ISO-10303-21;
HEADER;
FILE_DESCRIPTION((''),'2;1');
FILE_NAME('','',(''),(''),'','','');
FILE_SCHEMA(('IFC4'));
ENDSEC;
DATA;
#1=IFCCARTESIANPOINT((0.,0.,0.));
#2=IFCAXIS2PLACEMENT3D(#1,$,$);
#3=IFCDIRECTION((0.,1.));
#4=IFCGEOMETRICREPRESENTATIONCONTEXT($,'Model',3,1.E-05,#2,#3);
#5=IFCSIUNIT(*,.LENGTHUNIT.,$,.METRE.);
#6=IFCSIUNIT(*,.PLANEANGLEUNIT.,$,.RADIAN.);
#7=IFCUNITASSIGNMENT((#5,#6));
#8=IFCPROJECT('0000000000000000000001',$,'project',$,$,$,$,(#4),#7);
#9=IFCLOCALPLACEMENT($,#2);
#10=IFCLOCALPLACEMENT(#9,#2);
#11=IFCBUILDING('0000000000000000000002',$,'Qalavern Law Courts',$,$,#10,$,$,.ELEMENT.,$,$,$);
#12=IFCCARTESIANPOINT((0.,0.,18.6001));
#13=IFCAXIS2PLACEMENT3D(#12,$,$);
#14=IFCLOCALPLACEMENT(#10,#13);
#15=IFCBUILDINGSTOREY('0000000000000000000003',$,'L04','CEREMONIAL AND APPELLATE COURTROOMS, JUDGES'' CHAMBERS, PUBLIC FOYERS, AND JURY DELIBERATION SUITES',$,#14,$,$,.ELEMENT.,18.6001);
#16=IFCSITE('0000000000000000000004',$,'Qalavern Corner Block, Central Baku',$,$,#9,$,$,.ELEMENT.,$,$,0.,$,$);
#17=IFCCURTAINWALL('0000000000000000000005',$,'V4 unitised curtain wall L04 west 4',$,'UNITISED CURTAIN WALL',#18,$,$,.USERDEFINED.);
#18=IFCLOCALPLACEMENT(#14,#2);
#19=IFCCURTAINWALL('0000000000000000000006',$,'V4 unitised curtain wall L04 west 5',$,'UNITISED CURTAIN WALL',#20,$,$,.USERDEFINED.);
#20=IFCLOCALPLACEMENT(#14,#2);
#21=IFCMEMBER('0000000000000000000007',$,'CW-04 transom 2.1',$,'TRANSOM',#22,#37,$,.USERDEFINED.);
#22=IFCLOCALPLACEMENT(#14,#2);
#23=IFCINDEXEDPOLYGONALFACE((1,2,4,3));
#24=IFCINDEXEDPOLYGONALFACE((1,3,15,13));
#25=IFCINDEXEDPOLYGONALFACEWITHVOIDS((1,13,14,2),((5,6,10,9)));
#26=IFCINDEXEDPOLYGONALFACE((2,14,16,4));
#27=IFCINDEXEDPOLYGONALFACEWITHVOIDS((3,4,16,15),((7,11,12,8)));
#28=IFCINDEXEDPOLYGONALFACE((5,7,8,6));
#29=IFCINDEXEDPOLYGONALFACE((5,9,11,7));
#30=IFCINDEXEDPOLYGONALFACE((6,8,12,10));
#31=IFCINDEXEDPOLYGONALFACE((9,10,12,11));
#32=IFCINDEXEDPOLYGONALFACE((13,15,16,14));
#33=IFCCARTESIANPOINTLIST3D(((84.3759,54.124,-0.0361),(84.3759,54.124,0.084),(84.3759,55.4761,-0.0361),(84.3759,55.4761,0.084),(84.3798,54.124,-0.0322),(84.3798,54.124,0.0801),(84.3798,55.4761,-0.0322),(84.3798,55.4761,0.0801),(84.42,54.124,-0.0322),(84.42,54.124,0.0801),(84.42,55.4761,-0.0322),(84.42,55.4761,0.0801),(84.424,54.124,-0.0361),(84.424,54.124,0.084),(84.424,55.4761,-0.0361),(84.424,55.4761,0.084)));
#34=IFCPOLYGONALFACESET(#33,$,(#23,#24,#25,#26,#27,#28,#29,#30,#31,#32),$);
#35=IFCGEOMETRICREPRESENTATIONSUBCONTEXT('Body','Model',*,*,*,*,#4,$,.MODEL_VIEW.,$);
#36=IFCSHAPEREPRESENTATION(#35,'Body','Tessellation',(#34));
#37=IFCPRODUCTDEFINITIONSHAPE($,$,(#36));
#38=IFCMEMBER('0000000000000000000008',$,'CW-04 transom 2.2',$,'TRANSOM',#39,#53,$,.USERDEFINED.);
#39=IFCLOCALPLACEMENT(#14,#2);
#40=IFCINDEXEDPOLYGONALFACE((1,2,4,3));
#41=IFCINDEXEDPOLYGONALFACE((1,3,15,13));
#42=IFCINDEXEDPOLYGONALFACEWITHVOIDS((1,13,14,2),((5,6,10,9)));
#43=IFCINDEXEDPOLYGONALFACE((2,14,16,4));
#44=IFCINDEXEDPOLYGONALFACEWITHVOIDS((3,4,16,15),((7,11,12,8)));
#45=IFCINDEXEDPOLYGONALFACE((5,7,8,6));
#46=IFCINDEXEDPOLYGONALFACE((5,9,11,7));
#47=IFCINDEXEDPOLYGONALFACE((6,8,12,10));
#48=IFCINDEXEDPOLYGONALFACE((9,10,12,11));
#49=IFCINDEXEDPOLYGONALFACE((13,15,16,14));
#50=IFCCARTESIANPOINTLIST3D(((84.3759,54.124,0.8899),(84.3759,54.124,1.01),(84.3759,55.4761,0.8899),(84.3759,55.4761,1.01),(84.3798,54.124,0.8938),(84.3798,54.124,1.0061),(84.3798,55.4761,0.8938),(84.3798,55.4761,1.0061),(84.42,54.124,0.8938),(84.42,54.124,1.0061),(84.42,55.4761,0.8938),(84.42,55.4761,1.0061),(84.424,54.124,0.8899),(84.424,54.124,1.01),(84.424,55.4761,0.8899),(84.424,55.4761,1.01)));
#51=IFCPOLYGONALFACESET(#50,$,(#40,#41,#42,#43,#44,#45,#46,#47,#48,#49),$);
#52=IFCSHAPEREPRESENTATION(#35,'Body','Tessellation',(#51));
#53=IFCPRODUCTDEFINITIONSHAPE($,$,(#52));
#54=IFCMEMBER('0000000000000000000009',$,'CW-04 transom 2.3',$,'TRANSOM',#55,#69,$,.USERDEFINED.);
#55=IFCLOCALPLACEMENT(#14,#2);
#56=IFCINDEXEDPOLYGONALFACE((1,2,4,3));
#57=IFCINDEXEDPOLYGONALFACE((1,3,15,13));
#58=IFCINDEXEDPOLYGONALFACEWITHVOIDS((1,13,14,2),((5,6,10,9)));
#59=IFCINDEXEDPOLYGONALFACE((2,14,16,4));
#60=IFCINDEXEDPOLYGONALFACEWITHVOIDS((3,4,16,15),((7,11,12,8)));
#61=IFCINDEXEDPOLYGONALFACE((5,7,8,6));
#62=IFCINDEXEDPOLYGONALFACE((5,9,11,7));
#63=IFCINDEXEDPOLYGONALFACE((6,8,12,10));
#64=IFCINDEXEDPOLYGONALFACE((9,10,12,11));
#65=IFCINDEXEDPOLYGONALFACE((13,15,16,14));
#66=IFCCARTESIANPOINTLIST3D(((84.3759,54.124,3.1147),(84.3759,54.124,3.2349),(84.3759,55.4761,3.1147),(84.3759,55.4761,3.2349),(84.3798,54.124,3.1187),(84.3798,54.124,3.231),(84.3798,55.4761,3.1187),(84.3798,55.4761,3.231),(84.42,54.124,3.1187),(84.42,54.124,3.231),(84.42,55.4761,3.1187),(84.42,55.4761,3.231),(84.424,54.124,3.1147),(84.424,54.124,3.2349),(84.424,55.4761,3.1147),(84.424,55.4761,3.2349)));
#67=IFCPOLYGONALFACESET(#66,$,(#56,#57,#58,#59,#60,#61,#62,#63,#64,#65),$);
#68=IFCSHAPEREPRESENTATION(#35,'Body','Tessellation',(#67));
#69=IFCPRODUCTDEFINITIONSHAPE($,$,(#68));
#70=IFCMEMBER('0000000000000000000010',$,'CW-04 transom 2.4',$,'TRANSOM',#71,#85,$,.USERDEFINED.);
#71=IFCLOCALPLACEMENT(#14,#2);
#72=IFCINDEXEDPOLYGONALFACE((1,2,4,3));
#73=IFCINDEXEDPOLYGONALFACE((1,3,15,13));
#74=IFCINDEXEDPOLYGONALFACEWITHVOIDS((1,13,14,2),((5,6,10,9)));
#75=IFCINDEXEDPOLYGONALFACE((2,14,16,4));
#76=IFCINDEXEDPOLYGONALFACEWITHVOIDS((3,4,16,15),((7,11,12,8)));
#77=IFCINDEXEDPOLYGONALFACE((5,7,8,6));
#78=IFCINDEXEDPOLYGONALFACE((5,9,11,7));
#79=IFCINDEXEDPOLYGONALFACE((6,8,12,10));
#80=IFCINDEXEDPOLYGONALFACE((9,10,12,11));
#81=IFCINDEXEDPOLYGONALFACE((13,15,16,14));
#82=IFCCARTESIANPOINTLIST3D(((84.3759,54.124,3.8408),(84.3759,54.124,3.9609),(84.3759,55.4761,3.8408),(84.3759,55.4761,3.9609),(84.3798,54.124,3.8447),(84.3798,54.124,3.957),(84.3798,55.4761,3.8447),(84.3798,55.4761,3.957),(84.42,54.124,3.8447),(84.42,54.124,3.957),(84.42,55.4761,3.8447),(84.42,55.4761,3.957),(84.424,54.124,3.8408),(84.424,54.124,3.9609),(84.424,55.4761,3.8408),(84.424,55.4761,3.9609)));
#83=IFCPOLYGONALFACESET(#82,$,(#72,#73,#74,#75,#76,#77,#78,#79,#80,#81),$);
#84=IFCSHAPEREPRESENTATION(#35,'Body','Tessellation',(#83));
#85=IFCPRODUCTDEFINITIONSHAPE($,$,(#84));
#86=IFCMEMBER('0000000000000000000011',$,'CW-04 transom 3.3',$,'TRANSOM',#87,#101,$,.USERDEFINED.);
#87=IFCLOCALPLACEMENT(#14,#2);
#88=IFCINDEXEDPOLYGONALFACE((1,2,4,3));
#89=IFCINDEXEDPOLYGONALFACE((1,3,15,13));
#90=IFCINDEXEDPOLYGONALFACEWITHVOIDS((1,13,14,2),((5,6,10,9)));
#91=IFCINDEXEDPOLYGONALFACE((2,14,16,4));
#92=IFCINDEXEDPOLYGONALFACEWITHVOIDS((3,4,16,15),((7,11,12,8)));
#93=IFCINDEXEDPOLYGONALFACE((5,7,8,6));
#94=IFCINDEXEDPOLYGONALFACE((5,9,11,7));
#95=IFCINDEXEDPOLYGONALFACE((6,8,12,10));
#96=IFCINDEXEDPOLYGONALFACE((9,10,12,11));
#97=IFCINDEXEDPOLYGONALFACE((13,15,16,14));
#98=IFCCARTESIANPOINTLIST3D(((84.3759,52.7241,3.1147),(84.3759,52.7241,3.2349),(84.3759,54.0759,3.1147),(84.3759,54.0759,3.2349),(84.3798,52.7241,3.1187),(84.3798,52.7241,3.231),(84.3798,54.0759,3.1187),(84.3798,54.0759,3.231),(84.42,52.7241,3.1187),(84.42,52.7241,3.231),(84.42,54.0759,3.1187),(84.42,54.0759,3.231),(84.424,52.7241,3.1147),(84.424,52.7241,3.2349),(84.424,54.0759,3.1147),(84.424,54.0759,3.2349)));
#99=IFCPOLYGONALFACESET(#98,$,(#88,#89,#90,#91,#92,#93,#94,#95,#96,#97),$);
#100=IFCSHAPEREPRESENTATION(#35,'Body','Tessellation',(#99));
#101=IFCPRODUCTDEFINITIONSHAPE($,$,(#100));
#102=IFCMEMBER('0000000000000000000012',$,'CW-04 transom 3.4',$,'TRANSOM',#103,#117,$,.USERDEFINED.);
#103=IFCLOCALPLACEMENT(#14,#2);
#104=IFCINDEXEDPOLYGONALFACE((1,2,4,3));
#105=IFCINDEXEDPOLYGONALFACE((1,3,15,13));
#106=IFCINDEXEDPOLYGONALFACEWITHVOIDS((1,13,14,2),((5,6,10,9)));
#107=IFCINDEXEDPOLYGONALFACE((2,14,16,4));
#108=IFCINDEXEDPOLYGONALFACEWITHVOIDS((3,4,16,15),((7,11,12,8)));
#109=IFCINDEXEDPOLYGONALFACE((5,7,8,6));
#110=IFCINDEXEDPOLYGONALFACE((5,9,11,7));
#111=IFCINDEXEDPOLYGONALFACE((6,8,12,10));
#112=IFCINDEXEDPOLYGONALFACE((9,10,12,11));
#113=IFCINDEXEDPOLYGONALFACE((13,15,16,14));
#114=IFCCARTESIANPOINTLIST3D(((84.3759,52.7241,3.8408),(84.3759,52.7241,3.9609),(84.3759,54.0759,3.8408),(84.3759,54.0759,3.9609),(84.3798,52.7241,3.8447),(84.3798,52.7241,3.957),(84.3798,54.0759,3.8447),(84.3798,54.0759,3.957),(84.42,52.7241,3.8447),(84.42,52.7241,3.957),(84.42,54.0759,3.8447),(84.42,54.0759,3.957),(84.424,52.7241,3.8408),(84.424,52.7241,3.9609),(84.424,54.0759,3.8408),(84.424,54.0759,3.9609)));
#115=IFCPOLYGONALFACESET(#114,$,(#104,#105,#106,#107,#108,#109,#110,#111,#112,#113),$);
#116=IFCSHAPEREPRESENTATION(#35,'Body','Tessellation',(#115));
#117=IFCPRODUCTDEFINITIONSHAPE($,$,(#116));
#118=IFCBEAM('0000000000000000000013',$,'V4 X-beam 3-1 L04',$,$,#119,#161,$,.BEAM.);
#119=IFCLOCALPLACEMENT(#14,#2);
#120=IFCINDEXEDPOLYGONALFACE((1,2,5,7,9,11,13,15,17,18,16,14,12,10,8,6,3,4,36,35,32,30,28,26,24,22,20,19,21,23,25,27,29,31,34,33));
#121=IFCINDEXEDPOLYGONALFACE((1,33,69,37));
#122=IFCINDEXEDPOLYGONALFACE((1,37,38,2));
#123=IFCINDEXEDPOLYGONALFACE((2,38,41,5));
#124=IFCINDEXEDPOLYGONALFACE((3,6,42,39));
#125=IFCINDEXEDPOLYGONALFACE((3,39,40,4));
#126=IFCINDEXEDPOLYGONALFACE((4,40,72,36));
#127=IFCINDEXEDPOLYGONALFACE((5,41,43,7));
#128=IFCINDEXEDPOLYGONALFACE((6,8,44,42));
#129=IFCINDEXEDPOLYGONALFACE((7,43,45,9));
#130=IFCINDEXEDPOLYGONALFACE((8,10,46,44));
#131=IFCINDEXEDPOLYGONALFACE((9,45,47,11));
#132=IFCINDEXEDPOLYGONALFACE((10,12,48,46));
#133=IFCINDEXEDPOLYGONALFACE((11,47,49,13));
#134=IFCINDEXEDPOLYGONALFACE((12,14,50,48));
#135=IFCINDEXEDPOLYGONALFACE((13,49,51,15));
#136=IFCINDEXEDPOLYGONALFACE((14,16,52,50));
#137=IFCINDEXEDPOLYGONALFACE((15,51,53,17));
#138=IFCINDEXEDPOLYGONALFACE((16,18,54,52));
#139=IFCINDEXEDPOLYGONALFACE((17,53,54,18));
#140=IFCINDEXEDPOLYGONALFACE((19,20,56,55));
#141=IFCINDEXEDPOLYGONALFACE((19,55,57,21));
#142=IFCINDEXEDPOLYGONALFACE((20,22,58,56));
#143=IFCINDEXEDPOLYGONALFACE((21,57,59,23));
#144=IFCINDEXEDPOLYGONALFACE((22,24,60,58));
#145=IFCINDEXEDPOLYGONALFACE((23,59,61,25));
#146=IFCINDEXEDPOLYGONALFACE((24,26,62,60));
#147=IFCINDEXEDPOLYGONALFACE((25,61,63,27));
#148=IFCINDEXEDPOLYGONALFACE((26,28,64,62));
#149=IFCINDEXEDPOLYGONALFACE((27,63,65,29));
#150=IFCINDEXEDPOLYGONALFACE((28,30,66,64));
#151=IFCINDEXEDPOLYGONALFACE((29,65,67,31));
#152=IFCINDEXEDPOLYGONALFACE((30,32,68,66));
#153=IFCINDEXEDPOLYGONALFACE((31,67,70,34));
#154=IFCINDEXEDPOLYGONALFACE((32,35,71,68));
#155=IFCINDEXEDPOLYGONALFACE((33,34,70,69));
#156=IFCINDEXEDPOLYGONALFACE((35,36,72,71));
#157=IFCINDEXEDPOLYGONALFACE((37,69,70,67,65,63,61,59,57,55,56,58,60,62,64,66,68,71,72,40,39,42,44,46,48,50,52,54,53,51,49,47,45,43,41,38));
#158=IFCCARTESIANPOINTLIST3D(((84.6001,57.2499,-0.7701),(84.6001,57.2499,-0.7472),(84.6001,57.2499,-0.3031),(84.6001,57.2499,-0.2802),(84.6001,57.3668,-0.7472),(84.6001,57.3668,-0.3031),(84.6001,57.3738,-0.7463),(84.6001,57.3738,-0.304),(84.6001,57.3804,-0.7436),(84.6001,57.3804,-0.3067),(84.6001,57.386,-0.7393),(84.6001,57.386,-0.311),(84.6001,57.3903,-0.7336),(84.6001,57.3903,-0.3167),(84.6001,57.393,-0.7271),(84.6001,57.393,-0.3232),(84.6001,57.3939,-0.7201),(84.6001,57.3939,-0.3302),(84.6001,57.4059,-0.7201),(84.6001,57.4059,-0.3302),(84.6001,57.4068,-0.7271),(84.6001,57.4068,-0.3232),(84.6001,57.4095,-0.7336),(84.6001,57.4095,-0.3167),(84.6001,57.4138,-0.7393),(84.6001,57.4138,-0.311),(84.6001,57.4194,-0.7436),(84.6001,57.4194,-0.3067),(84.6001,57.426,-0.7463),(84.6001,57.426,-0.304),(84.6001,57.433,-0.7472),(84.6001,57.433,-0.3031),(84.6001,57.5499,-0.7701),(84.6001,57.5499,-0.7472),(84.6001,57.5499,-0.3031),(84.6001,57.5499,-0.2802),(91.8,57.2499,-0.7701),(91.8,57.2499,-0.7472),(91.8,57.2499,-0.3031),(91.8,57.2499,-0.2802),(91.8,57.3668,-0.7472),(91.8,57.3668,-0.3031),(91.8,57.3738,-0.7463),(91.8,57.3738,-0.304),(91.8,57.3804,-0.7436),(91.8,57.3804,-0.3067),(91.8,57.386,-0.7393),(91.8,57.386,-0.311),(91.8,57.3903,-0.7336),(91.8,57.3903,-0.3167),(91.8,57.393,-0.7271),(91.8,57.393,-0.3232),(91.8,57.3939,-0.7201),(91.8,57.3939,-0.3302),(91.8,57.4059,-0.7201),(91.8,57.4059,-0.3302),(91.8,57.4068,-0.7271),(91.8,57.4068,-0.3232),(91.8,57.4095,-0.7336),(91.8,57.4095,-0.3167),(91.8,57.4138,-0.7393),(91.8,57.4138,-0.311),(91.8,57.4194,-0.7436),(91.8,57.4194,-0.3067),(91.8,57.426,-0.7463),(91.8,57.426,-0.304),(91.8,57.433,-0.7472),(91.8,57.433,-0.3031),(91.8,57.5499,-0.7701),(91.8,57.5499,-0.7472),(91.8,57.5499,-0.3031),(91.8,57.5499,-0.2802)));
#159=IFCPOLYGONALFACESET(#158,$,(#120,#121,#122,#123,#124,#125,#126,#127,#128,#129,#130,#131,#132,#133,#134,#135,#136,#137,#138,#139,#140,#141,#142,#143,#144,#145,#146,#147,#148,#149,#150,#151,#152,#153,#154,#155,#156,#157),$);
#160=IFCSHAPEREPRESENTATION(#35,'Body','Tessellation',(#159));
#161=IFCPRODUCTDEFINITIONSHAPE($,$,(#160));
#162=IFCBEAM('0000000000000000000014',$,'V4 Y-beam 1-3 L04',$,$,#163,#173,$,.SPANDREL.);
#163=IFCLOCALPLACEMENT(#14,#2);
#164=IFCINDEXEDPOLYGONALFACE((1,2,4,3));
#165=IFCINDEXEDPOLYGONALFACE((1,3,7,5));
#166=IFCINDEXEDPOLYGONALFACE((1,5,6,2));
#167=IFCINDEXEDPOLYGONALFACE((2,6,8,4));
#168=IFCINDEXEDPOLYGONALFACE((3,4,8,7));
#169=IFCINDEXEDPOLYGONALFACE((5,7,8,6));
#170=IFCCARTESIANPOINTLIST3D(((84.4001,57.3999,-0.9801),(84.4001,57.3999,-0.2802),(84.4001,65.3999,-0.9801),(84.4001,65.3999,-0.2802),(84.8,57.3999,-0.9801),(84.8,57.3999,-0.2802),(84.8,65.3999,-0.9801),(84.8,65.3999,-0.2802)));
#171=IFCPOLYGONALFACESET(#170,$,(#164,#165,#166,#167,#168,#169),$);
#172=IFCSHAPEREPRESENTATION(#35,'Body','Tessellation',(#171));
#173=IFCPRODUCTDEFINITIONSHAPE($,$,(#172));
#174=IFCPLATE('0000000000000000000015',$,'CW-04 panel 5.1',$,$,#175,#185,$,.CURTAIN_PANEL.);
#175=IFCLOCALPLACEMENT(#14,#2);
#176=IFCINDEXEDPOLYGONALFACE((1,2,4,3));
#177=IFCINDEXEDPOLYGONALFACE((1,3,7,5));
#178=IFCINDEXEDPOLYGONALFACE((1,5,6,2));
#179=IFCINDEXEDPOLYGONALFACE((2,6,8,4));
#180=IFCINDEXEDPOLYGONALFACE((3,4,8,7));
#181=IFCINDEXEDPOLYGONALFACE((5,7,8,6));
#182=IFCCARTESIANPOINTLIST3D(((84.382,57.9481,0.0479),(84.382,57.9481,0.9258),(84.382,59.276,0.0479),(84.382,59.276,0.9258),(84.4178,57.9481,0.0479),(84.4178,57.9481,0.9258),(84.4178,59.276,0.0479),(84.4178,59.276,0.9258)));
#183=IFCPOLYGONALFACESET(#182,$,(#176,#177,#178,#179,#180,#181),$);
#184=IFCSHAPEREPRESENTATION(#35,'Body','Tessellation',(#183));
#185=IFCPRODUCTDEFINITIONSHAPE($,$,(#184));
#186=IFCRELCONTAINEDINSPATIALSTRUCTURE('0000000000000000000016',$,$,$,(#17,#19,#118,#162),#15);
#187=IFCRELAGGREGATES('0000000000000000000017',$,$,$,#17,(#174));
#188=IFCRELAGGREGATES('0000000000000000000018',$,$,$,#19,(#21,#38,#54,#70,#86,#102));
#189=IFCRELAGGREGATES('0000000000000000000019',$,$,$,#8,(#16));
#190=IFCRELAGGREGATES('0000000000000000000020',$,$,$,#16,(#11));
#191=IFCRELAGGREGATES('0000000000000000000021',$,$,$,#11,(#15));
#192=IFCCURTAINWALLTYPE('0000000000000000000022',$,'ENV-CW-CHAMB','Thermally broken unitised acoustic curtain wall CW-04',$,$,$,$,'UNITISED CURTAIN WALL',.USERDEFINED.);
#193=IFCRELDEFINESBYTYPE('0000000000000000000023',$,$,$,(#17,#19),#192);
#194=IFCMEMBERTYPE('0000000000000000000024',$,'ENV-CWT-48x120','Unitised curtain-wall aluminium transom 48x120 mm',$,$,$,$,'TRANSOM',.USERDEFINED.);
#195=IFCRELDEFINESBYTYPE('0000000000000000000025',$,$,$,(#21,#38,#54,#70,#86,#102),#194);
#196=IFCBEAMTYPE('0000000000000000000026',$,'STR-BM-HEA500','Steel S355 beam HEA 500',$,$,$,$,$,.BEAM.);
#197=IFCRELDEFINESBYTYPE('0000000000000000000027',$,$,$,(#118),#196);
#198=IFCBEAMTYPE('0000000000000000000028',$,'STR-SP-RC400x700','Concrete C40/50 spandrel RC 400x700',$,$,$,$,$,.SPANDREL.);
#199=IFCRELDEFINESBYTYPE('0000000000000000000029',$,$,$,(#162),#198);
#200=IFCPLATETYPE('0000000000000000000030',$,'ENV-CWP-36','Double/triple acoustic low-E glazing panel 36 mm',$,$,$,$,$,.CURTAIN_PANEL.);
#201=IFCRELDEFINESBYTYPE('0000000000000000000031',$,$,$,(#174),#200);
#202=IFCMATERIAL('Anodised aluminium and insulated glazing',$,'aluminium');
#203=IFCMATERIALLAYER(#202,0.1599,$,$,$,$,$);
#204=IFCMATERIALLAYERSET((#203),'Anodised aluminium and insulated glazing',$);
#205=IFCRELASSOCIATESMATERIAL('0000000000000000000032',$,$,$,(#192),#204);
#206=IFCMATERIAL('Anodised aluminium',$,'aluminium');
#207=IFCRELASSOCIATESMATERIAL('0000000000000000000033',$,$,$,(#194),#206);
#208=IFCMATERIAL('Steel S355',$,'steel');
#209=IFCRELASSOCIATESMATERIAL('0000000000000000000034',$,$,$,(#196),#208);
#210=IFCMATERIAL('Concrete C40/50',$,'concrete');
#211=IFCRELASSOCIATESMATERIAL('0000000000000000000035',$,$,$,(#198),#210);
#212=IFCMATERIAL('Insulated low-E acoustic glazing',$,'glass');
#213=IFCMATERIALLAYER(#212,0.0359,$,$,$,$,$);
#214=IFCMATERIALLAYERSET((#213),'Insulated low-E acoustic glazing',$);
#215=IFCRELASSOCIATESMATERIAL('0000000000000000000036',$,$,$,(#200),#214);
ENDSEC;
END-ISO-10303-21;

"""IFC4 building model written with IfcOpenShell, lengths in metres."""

from ifc_helpers import new_model, si_unit, direction, frame, origin, origin_2d, place, context, subcontext, project, spatial, rectangle, hollow_rectangle, i_section, extrude, material, layer, layer_set, material_profile, profile_set, type_object, element, aggregate, save


model = new_model("IFC4")

# Units and contexts
model_context = context("Model", 3, precision=1e-05, world=origin(), true_north=direction((0.0, 1.0)))
body_context = subcontext(model_context, "Body", "Model", "MODEL_VIEW")
ifc_project = project(units=[si_unit("LENGTHUNIT", "METRE"), si_unit("PLANEANGLEUNIT", "RADIAN")], contexts=[model_context])

# Site, building, storey
site_placement = place(None, origin())
site = spatial("IfcSite", under=ifc_project, at=site_placement, Name="Qalavern Corner Block, Central Baku", CompositionType="ELEMENT", RefElevation=0.0)
building_placement = place(site_placement, origin())
building = spatial("IfcBuilding", under=site, at=building_placement, Name="Qalavern Law Courts", CompositionType="ELEMENT")
storey_placement = place(building_placement, frame((0.0, 0.0, 18.6001)))
storey = spatial("IfcBuildingStorey", under=building, at=storey_placement, Name="L04", Description="CEREMONIAL AND APPELLATE COURTROOMS, JUDGES' CHAMBERS, PUBLIC FOYERS, AND JURY DELIBERATION SUITES", CompositionType="ELEMENT", Elevation=18.6001)

# Curtain wall
ifc_material_1 = material(Name="Anodised aluminium and insulated glazing", Category="aluminium")
ifc_layer_1 = layer(ifc_material_1, 0.1599)
ifc_layer_set_1 = layer_set([ifc_layer_1], Name="Anodised aluminium and insulated glazing")
curtain_wall_type = type_object("IfcCurtainWallType", Name="ENV-CW-CHAMB", Description="Thermally broken unitised acoustic curtain wall CW-04", ElementType="UNITISED CURTAIN WALL", PredefinedType="USERDEFINED", material=ifc_layer_set_1)
curtain_wall_1_placement = place(storey_placement, origin())
curtain_wall_1 = element("IfcCurtainWall", 1, at=curtain_wall_1_placement, inside=storey, type_object=curtain_wall_type, Name="V4 unitised curtain wall L04 west 4", ObjectType="UNITISED CURTAIN WALL", PredefinedType="USERDEFINED")
ifc_material_2 = material(Name="Anodised aluminium", Category="aluminium")

# Curtain wall
curtain_wall_2_placement = place(storey_placement, origin())
curtain_wall_2 = element("IfcCurtainWall", 2, at=curtain_wall_2_placement, inside=storey, type_object=curtain_wall_type, Name="V4 unitised curtain wall L04 west 5", ObjectType="UNITISED CURTAIN WALL", PredefinedType="USERDEFINED")

# Members
ifc_material_profile_1 = material_profile(ifc_material_2, hollow_rectangle(XDim=0.0481, YDim=0.1201, WallThickness=0.0039, at=origin_2d()), Name="ALU TRANSOM 48x120")
ifc_profile_set_1 = profile_set([ifc_material_profile_1], Name="Anodised aluminium")
member_type_1 = type_object("IfcMemberType", Name="ENV-CWT-48x120", Description="Unitised curtain-wall aluminium transom 48x120 mm", ElementType="TRANSOM", PredefinedType="USERDEFINED", material=ifc_profile_set_1)
member_1_placement = place(storey_placement, frame((84.3999, 55.4761, 0.0239), z_axis=(0.0, -1.0, 0.0), x_axis=(1.0, 0.0, 0.0)))
member_1 = element("IfcMember", 3, at=member_1_placement, type_object=member_type_1, Name="CW-04 transom 2.1", ObjectType="TRANSOM", PredefinedType="USERDEFINED", context=body_context, shape_type="SweptSolid", body=[
    extrude(hollow_rectangle(XDim=0.0481, YDim=0.1201, WallThickness=0.0039, at=origin_2d()), origin(), (0.0, 0.0, 1.0), 1.3521),
])
member_2_placement = place(storey_placement, frame((84.3999, 55.4761, 0.95), z_axis=(0.0, -1.0, 0.0), x_axis=(1.0, 0.0, 0.0)))
member_2 = element("IfcMember", 4, at=member_2_placement, type_object=member_type_1, Name="CW-04 transom 2.2", ObjectType="TRANSOM", PredefinedType="USERDEFINED", context=body_context, shape_type="SweptSolid", body=[
    extrude(hollow_rectangle(XDim=0.0481, YDim=0.1201, WallThickness=0.0039, at=origin_2d()), origin(), (0.0, 0.0, 1.0), 1.3521),
])
member_3_placement = place(storey_placement, frame((84.3999, 55.4761, 3.1748), z_axis=(0.0, -1.0, 0.0), x_axis=(1.0, 0.0, 0.0)))
member_3 = element("IfcMember", 5, at=member_3_placement, type_object=member_type_1, Name="CW-04 transom 2.3", ObjectType="TRANSOM", PredefinedType="USERDEFINED", context=body_context, shape_type="SweptSolid", body=[
    extrude(hollow_rectangle(XDim=0.0481, YDim=0.1201, WallThickness=0.0039, at=origin_2d()), origin(), (0.0, 0.0, 1.0), 1.3521),
])
member_4_placement = place(storey_placement, frame((84.3999, 55.4761, 3.9009), z_axis=(0.0, -1.0, 0.0), x_axis=(1.0, 0.0, 0.0)))
member_4 = element("IfcMember", 6, at=member_4_placement, type_object=member_type_1, Name="CW-04 transom 2.4", ObjectType="TRANSOM", PredefinedType="USERDEFINED", context=body_context, shape_type="SweptSolid", body=[
    extrude(hollow_rectangle(XDim=0.0481, YDim=0.1201, WallThickness=0.0039, at=origin_2d()), origin(), (0.0, 0.0, 1.0), 1.3521),
])
member_5_placement = place(storey_placement, frame((84.3999, 54.0759, 3.1748), z_axis=(0.0, -1.0, 0.0), x_axis=(1.0, 0.0, 0.0)))
member_5 = element("IfcMember", 7, at=member_5_placement, type_object=member_type_1, Name="CW-04 transom 3.3", ObjectType="TRANSOM", PredefinedType="USERDEFINED", context=body_context, shape_type="SweptSolid", body=[
    extrude(hollow_rectangle(XDim=0.0481, YDim=0.1201, WallThickness=0.0039, at=origin_2d()), origin(), (0.0, 0.0, 1.0), 1.3518),
])
member_6_placement = place(storey_placement, frame((84.3999, 54.0759, 3.9009), z_axis=(0.0, -1.0, 0.0), x_axis=(1.0, 0.0, 0.0)))
member_6 = element("IfcMember", 8, at=member_6_placement, type_object=member_type_1, Name="CW-04 transom 3.4", ObjectType="TRANSOM", PredefinedType="USERDEFINED", context=body_context, shape_type="SweptSolid", body=[
    extrude(hollow_rectangle(XDim=0.0481, YDim=0.1201, WallThickness=0.0039, at=origin_2d()), origin(), (0.0, 0.0, 1.0), 1.3518),
])

# Beams
ifc_material_3 = material(Name="Steel S355", Category="steel")
ifc_material_profile_2 = material_profile(ifc_material_3, i_section(OverallWidth=0.3, OverallDepth=0.49, WebThickness=0.012, FlangeThickness=0.0229, FilletRadius=0.0271, at=origin_2d()), Name="HEA 500")
ifc_profile_set_2 = profile_set([ifc_material_profile_2], Name="Steel S355")
beam_type_1 = type_object("IfcBeamType", Name="STR-BM-HEA500", Description="Steel S355 beam HEA 500", PredefinedType="BEAM", material=ifc_profile_set_2)
beam_1_placement = place(storey_placement, frame((84.6001, 57.3999, -0.5251), z_axis=(1.0, 0.0, 0.0), x_axis=(0.0, 1.0, 0.0)))
element("IfcBeam", 9, at=beam_1_placement, inside=storey, type_object=beam_type_1, Name="V4 X-beam 3-1 L04", PredefinedType="BEAM", context=body_context, shape_type="SweptSolid", body=[
    extrude(i_section(OverallWidth=0.3, OverallDepth=0.49, WebThickness=0.012, FlangeThickness=0.0229, FilletRadius=0.0271, at=origin_2d()), origin(), (0.0, 0.0, 1.0), 7.2),
])
ifc_material_4 = material(Name="Concrete C40/50", Category="concrete")
ifc_material_profile_3 = material_profile(ifc_material_4, rectangle(XDim=0.3999, YDim=0.7, at=origin_2d()), Name="RC 400x700")
ifc_profile_set_3 = profile_set([ifc_material_profile_3], Name="Concrete C40/50")
beam_type_2 = type_object("IfcBeamType", Name="STR-SP-RC400x700", Description="Concrete C40/50 spandrel RC 400x700", PredefinedType="SPANDREL", material=ifc_profile_set_3)
beam_2_placement = place(storey_placement, frame((84.6001, 57.3999, -0.6301), z_axis=(0.0, 1.0, 0.0), x_axis=(-1.0, 0.0, 0.0)))
element("IfcBeam", 10, at=beam_2_placement, inside=storey, type_object=beam_type_2, Name="V4 Y-beam 1-3 L04", PredefinedType="SPANDREL", context=body_context, shape_type="SweptSolid", body=[
    extrude(rectangle(XDim=0.3999, YDim=0.7, at=origin_2d()), origin(), (0.0, 0.0, 1.0), 8.0),
])

# Plate
ifc_material_5 = material(Name="Insulated low-E acoustic glazing", Category="glass")
ifc_layer_2 = layer(ifc_material_5, 0.0359)
ifc_layer_set_2 = layer_set([ifc_layer_2], Name="Insulated low-E acoustic glazing")
plate_type_1 = type_object("IfcPlateType", Name="ENV-CWP-36", Description="Double/triple acoustic low-E glazing panel 36 mm", PredefinedType="CURTAIN_PANEL", material=ifc_layer_set_2)
plate_1_placement = place(storey_placement, frame((84.3999, 58.6121, 0.0479), z_axis=(0.0, 0.0, 1.0), x_axis=(0.0, -1.0, 0.0)))
plate_1 = element("IfcPlate", 11, at=plate_1_placement, type_object=plate_type_1, Name="CW-04 panel 5.1", PredefinedType="CURTAIN_PANEL", context=body_context, shape_type="SweptSolid", body=[
    extrude(rectangle(XDim=1.3279, YDim=0.0359, at=origin_2d()), origin(), (0.0, 0.0, 1.0), 0.8779),
])
aggregate(curtain_wall_1, [plate_1])
aggregate(curtain_wall_2, [member_1, member_2, member_3, member_4, member_5, member_6])

save(model, "model.ifc")
